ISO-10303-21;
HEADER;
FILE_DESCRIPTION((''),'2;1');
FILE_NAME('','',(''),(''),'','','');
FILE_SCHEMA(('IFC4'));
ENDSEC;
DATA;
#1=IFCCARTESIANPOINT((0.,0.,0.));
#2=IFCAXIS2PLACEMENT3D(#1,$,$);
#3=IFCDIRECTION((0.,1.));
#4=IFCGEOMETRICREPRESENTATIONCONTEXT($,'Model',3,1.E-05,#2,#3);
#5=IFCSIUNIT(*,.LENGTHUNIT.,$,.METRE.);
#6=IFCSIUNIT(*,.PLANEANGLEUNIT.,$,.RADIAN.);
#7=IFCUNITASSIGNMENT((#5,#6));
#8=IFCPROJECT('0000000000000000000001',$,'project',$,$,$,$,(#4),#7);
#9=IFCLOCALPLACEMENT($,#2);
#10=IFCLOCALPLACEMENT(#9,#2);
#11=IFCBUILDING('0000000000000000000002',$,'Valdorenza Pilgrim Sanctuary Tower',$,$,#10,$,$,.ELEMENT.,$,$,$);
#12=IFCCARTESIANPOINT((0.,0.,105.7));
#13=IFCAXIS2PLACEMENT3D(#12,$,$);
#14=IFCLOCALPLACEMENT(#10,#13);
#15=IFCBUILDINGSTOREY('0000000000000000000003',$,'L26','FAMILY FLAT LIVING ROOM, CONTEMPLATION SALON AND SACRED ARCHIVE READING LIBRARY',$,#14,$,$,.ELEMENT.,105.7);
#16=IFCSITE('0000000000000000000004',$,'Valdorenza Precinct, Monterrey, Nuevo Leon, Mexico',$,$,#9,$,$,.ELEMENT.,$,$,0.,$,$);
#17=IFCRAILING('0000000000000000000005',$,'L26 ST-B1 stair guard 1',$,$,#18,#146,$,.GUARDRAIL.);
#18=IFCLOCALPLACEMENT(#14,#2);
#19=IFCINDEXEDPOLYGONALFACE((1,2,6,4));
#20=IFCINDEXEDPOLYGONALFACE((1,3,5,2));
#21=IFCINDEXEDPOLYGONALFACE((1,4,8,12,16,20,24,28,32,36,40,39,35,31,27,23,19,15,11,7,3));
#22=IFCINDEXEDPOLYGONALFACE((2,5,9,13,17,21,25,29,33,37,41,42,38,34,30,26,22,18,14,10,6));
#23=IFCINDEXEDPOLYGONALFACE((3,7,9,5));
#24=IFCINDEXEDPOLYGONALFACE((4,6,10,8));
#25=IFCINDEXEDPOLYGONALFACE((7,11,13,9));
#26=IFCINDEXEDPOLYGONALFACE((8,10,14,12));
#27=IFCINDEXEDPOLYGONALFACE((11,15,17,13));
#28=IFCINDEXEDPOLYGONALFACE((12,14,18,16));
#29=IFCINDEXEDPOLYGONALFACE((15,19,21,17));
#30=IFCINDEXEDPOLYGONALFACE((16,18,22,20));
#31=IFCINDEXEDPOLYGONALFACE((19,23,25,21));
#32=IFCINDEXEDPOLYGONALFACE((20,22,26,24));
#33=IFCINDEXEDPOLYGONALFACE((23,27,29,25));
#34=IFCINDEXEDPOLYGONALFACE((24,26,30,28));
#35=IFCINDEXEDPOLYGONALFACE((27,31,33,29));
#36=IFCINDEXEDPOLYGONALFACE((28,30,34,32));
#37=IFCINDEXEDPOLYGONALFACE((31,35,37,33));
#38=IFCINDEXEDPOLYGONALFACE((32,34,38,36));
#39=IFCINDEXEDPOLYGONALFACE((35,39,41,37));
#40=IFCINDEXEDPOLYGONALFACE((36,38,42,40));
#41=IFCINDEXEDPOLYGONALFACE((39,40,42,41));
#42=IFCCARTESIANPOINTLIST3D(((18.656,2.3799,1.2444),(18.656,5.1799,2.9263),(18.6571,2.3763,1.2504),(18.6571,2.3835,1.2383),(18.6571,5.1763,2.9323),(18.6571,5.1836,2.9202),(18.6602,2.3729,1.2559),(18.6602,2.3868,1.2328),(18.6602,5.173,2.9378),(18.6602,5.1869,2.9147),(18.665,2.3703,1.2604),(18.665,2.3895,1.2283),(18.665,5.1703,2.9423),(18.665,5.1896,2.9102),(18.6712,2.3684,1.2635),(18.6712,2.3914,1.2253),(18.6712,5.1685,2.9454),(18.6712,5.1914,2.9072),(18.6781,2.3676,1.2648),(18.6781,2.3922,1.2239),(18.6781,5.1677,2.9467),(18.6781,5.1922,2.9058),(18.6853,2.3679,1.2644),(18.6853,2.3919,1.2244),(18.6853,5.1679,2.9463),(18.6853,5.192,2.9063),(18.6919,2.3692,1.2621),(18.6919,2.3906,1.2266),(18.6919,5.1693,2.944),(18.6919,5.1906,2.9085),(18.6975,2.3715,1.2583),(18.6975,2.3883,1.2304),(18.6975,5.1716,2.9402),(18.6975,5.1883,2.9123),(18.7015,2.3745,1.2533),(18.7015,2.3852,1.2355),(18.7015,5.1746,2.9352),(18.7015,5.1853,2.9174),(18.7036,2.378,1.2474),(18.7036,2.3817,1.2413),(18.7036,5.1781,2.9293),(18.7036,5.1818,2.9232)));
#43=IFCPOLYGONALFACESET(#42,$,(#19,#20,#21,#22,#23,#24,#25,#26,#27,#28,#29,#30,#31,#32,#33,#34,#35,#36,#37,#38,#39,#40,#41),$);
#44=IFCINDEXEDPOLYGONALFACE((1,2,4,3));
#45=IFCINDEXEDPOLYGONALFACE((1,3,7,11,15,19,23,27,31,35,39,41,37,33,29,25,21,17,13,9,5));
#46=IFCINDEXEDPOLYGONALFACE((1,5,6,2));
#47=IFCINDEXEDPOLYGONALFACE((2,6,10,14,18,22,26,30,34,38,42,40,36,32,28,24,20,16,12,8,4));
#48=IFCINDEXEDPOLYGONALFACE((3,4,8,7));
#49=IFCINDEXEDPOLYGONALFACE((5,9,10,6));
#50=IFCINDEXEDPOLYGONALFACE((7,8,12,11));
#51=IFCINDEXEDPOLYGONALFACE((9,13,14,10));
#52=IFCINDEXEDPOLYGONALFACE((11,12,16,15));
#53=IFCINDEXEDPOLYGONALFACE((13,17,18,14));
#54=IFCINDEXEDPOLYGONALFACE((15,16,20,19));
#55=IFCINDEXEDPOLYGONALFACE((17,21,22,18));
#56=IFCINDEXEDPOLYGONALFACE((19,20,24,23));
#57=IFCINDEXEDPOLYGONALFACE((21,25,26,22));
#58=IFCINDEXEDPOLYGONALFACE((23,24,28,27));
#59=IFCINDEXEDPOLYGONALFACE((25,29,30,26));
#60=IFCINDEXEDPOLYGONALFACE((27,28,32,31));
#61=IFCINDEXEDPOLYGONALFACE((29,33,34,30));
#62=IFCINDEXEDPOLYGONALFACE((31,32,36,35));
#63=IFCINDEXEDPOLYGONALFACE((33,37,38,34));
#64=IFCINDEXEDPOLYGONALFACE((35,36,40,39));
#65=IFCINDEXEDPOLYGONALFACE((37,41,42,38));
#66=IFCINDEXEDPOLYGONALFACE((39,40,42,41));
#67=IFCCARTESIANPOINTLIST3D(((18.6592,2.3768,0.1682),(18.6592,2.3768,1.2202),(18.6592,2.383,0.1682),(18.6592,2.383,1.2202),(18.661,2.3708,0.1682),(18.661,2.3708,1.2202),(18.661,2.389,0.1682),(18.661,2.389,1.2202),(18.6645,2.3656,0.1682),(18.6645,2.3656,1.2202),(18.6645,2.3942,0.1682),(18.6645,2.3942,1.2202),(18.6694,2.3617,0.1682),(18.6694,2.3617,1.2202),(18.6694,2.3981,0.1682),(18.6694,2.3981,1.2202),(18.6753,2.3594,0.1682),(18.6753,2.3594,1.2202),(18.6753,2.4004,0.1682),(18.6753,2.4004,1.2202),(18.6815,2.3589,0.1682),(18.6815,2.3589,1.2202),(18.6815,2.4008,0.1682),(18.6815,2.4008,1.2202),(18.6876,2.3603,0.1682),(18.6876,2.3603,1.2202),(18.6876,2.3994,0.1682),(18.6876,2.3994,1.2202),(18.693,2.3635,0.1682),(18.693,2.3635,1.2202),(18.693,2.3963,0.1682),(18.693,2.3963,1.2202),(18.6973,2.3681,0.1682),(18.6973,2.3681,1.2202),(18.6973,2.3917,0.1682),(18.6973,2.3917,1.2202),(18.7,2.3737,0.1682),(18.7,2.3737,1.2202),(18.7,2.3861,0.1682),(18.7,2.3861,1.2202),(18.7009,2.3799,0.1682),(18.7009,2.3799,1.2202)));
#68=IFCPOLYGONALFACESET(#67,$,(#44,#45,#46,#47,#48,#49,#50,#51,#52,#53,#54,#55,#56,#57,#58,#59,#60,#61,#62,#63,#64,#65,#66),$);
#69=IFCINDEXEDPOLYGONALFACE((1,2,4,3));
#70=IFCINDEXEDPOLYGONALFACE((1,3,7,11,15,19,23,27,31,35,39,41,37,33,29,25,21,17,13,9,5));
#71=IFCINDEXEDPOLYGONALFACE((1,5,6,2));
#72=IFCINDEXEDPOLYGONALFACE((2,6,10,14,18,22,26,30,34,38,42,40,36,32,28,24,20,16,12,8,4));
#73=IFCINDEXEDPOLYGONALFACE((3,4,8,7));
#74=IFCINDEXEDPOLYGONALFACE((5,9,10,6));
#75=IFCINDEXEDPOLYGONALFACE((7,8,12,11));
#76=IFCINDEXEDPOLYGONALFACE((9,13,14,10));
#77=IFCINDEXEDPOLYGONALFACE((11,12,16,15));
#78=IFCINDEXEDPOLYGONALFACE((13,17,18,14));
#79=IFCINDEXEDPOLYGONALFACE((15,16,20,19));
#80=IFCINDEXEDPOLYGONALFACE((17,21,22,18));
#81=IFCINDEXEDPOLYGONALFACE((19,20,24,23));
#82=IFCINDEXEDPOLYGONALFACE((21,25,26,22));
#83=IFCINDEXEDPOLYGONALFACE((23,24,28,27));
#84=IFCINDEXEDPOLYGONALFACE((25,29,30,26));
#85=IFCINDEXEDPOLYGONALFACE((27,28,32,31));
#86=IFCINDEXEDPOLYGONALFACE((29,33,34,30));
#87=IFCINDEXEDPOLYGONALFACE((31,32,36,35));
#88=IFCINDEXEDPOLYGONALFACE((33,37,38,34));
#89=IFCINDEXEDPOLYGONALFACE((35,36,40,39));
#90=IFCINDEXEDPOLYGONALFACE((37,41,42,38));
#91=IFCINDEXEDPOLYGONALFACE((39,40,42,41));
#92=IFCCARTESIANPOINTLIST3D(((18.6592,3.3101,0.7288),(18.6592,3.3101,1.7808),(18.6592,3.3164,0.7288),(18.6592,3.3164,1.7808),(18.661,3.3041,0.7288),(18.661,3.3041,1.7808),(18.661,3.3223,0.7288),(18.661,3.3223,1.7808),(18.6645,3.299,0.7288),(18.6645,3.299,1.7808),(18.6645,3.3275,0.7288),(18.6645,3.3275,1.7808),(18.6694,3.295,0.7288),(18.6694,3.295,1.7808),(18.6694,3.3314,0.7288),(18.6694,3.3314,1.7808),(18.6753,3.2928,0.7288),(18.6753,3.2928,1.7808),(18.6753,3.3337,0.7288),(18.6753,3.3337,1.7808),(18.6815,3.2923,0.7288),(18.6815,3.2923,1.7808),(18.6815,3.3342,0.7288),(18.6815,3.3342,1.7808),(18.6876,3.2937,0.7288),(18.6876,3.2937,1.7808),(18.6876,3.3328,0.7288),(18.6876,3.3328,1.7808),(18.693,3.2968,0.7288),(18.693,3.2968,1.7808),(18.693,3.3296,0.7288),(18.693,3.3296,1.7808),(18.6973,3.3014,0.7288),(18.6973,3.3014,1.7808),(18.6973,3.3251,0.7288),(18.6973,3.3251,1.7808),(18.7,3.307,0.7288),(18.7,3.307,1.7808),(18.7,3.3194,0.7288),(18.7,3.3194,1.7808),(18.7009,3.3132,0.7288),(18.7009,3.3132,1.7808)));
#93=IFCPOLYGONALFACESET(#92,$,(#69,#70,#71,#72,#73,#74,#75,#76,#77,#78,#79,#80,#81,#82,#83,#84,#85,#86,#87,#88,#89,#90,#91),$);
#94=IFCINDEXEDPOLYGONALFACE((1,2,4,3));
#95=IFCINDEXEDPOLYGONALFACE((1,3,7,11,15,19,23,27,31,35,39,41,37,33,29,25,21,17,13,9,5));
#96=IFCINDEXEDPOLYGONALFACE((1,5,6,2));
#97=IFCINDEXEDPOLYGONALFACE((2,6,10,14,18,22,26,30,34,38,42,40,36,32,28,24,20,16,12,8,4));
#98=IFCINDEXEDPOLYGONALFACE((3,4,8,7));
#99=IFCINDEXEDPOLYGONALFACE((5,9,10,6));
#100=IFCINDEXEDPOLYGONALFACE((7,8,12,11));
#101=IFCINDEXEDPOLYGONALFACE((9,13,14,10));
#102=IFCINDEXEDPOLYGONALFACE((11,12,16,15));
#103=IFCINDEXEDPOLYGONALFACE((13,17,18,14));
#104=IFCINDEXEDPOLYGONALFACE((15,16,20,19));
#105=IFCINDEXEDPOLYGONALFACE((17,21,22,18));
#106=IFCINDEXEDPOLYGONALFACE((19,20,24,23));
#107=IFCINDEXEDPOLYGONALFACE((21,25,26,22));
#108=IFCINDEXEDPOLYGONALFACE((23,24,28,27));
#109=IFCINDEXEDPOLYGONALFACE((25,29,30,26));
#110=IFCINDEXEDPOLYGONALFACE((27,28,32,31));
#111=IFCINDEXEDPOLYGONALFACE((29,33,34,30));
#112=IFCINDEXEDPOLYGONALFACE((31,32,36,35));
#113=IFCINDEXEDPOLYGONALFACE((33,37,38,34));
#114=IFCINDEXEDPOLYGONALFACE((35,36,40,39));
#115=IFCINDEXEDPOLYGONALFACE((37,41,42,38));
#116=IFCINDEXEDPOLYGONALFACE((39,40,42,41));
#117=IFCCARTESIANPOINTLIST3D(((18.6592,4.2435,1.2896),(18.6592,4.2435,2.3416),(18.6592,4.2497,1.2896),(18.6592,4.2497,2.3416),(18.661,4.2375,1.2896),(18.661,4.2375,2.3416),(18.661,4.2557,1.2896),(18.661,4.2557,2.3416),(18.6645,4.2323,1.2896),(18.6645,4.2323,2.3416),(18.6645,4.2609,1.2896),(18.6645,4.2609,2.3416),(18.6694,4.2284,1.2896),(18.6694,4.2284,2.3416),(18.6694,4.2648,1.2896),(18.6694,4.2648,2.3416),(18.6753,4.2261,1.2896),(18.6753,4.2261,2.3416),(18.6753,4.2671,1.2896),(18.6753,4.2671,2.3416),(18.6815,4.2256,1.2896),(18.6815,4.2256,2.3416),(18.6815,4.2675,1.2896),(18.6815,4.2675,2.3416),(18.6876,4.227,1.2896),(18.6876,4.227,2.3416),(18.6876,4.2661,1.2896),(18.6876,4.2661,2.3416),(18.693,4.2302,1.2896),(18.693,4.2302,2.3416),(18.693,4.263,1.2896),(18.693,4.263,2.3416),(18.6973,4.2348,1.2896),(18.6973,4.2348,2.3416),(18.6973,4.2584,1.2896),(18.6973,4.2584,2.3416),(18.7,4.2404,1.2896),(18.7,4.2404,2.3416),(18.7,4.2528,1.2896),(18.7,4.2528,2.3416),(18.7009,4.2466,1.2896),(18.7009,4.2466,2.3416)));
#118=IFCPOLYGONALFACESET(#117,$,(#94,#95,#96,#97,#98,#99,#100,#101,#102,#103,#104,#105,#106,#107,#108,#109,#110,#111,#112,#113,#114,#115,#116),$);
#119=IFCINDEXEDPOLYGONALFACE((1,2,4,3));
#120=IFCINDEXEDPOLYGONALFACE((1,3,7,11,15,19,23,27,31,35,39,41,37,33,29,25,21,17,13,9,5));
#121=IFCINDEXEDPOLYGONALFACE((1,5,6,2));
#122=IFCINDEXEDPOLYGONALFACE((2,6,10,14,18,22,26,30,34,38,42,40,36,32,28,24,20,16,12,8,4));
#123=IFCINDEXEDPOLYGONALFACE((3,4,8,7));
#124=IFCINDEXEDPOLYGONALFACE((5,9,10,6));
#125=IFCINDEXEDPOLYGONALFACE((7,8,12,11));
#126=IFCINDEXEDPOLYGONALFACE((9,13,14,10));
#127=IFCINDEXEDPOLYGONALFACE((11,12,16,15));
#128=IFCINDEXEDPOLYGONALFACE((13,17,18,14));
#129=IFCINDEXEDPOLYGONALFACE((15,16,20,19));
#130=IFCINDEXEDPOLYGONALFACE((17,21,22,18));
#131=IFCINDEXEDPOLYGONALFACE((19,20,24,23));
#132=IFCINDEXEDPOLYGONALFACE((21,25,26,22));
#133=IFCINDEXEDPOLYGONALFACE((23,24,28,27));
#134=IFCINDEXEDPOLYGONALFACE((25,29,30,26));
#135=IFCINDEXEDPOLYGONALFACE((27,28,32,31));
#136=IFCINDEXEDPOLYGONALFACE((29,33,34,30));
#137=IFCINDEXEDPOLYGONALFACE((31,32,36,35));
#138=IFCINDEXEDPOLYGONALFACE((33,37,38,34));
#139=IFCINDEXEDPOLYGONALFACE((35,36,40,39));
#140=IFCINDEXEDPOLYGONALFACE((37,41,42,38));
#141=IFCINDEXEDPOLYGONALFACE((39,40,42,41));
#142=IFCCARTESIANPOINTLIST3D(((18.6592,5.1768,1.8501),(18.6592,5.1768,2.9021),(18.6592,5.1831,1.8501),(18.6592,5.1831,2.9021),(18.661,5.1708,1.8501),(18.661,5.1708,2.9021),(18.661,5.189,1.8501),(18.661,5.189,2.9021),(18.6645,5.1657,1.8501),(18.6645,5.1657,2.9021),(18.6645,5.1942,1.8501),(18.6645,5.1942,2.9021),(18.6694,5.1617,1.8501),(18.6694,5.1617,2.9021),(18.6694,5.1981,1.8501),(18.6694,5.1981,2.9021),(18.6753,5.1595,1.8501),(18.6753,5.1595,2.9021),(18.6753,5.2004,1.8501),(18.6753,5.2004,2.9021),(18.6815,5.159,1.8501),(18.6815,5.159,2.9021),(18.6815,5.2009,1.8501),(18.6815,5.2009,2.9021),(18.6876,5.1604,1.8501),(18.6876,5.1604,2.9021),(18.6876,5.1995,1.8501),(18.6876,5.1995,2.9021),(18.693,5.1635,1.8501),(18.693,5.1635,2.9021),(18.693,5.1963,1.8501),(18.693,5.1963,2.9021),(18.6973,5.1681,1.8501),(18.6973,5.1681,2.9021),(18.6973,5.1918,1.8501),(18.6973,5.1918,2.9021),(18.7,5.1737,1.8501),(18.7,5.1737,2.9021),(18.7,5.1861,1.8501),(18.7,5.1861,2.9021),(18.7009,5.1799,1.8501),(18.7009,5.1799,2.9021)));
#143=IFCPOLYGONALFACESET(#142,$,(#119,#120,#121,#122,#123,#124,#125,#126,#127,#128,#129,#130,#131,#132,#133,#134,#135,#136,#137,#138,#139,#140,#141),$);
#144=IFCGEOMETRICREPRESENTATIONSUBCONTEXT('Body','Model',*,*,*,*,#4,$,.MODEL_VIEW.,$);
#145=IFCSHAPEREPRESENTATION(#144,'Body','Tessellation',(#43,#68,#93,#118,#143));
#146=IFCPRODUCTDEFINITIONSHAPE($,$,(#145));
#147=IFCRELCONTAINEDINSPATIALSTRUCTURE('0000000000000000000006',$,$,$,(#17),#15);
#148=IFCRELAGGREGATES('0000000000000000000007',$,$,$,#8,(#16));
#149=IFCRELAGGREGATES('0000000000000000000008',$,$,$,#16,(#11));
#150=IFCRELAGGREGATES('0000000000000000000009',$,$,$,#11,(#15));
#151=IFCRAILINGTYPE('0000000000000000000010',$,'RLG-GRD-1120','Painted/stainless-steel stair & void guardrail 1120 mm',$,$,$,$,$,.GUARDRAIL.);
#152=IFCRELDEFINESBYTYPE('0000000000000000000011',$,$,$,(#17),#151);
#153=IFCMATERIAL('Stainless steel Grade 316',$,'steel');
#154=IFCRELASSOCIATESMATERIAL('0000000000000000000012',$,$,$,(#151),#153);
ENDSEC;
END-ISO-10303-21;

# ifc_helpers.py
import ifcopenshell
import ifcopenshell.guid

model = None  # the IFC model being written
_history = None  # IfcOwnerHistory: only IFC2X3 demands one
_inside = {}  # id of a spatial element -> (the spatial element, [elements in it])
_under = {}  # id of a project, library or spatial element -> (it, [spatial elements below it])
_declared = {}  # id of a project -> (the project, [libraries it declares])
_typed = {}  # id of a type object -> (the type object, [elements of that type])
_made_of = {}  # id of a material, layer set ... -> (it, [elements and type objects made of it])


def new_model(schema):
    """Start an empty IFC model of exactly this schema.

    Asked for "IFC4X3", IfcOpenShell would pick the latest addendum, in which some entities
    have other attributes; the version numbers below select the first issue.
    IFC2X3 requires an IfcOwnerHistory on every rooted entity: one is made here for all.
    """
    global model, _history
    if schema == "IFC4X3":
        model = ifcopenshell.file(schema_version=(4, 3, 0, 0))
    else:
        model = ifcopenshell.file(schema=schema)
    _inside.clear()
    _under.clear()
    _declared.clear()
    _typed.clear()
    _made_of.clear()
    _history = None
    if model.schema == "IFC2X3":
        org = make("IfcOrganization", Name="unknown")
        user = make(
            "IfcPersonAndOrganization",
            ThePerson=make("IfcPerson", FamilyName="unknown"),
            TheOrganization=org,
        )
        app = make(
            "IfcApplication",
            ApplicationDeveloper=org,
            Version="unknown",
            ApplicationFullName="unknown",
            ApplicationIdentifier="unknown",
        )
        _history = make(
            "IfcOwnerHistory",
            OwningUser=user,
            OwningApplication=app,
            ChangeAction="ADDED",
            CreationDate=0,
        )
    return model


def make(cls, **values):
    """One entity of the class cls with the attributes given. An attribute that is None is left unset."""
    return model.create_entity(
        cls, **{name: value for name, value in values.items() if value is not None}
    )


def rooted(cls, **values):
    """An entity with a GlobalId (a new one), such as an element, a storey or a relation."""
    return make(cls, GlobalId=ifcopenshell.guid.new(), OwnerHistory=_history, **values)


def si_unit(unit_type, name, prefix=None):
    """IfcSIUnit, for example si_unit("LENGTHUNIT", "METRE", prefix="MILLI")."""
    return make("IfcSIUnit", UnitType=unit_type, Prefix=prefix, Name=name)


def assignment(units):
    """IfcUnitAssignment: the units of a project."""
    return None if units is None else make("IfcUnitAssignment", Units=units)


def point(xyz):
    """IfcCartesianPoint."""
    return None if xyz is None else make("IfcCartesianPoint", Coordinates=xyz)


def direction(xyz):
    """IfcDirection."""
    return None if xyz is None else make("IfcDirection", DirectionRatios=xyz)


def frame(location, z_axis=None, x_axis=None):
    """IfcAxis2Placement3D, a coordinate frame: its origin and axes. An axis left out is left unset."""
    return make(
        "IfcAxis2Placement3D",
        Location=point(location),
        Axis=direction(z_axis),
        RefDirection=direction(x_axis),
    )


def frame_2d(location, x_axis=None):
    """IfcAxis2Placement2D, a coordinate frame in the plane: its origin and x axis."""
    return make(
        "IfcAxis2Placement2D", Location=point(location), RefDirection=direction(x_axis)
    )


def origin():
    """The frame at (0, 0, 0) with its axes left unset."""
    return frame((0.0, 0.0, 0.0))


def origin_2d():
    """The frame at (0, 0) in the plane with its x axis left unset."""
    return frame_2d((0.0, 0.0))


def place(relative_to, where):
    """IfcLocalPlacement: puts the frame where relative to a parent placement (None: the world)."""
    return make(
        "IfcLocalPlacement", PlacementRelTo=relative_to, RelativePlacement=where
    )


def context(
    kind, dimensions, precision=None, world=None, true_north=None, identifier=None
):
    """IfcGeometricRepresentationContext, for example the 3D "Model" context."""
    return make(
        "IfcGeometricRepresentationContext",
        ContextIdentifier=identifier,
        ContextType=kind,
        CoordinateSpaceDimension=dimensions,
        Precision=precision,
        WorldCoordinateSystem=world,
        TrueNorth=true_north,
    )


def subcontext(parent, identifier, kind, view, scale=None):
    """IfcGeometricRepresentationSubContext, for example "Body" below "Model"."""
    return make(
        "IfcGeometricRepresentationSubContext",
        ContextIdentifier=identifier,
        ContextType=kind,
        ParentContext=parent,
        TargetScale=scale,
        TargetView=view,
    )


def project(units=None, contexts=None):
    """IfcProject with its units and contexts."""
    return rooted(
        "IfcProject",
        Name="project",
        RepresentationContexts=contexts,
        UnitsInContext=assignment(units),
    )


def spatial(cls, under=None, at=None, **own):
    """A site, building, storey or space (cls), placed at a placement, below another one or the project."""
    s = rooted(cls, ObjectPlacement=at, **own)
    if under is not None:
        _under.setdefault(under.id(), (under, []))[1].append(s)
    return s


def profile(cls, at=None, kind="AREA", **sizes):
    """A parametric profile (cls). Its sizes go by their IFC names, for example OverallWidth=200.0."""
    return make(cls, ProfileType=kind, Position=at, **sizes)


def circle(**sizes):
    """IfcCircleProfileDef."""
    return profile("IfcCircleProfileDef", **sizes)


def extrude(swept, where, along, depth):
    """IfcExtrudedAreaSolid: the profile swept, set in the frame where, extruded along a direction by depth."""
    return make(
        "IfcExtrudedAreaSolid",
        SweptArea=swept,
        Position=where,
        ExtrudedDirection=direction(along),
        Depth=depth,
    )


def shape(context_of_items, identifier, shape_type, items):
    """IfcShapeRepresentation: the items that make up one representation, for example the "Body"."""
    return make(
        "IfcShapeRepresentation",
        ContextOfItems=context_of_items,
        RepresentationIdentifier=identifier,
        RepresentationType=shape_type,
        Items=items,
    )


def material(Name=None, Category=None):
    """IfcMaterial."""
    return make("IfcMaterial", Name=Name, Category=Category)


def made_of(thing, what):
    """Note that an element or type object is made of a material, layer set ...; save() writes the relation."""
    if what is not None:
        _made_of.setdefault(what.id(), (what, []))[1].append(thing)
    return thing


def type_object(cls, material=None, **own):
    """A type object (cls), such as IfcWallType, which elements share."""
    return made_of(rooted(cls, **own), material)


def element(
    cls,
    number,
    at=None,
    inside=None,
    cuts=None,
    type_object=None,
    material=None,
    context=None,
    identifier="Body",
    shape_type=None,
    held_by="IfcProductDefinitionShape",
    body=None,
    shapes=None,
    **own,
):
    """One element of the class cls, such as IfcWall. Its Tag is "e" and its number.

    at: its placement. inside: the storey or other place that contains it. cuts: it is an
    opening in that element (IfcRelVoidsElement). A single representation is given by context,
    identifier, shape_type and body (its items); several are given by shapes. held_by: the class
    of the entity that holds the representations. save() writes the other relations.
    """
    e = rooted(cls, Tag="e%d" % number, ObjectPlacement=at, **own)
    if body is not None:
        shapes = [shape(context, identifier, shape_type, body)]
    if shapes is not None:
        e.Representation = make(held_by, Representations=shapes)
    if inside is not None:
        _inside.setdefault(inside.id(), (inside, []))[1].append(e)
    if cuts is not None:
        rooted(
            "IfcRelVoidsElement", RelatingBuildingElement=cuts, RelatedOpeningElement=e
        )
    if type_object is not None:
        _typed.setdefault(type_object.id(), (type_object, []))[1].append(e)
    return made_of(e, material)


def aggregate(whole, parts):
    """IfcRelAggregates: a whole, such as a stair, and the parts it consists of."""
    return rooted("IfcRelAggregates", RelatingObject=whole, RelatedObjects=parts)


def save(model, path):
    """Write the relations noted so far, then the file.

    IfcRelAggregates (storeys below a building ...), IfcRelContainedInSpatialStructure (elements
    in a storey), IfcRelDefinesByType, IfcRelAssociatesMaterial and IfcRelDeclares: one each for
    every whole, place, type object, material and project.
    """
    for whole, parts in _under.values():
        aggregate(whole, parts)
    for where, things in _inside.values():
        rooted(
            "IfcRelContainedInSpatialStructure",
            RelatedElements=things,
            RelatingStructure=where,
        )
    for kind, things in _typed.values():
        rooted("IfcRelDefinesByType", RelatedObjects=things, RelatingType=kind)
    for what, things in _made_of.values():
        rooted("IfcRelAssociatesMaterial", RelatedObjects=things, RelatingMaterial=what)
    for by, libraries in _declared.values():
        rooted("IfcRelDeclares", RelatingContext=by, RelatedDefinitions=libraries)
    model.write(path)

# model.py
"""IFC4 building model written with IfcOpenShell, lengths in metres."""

from ifc_helpers import new_model, si_unit, direction, frame, origin, origin_2d, place, context, subcontext, project, spatial, circle, extrude, material, type_object, element, save


model = new_model("IFC4")

# Units and contexts
model_context = context("Model", 3, precision=1e-05, world=origin(), true_north=direction((0.0, 1.0)))
body_context = subcontext(model_context, "Body", "Model", "MODEL_VIEW")
ifc_project = project(units=[si_unit("LENGTHUNIT", "METRE"), si_unit("PLANEANGLEUNIT", "RADIAN")], contexts=[model_context])

# Site, building, storey
site_placement = place(None, origin())
site = spatial("IfcSite", under=ifc_project, at=site_placement, Name="Valdorenza Precinct, Monterrey, Nuevo Leon, Mexico", CompositionType="ELEMENT", RefElevation=0.0)
building_placement = place(site_placement, origin())
building = spatial("IfcBuilding", under=site, at=building_placement, Name="Valdorenza Pilgrim Sanctuary Tower", CompositionType="ELEMENT")
storey_placement = place(building_placement, frame((0.0, 0.0, 105.7)))
storey = spatial("IfcBuildingStorey", under=building, at=storey_placement, Name="L26", Description="FAMILY FLAT LIVING ROOM, CONTEMPLATION SALON AND SACRED ARCHIVE READING LIBRARY", CompositionType="ELEMENT", Elevation=105.7)

# Railing
ifc_material_1 = material(Name="Stainless steel Grade 316", Category="steel")
railing_type_1 = type_object("IfcRailingType", Name="RLG-GRD-1120", Description="Painted/stainless-steel stair & void guardrail 1120 mm", PredefinedType="GUARDRAIL", material=ifc_material_1)
railing_1_placement = place(storey_placement, frame((18.6799, 2.3799, 0.1682)))
element("IfcRailing", 1, at=railing_1_placement, inside=storey, type_object=railing_type_1, Name="L26 ST-B1 stair guard 1", PredefinedType="GUARDRAIL", context=body_context, shape_type="SweptSolid", body=[
    extrude(circle(Radius=0.0239, at=origin_2d()), frame((0.0, 0.0, 1.0762), z_axis=(0.0, 0.857242, 0.514913), x_axis=(-1.0, 0.0, 0.0)), (0.0, 0.0, 1.0), 3.2664),
    extrude(circle(Radius=0.021, at=origin_2d()), origin(), (0.0, 0.0, 1.0), 1.052),
    extrude(circle(Radius=0.021, at=origin_2d()), frame((0.0, 0.9333, 0.5605)), (0.0, 0.0, 1.0), 1.052),
    extrude(circle(Radius=0.021, at=origin_2d()), frame((0.0, 1.8667, 1.1213)), (0.0, 0.0, 1.0), 1.052),
    extrude(circle(Radius=0.021, at=origin_2d()), frame((0.0, 2.8, 1.6819)), (0.0, 0.0, 1.0), 1.052),
])

save(model, "model.ifc")
